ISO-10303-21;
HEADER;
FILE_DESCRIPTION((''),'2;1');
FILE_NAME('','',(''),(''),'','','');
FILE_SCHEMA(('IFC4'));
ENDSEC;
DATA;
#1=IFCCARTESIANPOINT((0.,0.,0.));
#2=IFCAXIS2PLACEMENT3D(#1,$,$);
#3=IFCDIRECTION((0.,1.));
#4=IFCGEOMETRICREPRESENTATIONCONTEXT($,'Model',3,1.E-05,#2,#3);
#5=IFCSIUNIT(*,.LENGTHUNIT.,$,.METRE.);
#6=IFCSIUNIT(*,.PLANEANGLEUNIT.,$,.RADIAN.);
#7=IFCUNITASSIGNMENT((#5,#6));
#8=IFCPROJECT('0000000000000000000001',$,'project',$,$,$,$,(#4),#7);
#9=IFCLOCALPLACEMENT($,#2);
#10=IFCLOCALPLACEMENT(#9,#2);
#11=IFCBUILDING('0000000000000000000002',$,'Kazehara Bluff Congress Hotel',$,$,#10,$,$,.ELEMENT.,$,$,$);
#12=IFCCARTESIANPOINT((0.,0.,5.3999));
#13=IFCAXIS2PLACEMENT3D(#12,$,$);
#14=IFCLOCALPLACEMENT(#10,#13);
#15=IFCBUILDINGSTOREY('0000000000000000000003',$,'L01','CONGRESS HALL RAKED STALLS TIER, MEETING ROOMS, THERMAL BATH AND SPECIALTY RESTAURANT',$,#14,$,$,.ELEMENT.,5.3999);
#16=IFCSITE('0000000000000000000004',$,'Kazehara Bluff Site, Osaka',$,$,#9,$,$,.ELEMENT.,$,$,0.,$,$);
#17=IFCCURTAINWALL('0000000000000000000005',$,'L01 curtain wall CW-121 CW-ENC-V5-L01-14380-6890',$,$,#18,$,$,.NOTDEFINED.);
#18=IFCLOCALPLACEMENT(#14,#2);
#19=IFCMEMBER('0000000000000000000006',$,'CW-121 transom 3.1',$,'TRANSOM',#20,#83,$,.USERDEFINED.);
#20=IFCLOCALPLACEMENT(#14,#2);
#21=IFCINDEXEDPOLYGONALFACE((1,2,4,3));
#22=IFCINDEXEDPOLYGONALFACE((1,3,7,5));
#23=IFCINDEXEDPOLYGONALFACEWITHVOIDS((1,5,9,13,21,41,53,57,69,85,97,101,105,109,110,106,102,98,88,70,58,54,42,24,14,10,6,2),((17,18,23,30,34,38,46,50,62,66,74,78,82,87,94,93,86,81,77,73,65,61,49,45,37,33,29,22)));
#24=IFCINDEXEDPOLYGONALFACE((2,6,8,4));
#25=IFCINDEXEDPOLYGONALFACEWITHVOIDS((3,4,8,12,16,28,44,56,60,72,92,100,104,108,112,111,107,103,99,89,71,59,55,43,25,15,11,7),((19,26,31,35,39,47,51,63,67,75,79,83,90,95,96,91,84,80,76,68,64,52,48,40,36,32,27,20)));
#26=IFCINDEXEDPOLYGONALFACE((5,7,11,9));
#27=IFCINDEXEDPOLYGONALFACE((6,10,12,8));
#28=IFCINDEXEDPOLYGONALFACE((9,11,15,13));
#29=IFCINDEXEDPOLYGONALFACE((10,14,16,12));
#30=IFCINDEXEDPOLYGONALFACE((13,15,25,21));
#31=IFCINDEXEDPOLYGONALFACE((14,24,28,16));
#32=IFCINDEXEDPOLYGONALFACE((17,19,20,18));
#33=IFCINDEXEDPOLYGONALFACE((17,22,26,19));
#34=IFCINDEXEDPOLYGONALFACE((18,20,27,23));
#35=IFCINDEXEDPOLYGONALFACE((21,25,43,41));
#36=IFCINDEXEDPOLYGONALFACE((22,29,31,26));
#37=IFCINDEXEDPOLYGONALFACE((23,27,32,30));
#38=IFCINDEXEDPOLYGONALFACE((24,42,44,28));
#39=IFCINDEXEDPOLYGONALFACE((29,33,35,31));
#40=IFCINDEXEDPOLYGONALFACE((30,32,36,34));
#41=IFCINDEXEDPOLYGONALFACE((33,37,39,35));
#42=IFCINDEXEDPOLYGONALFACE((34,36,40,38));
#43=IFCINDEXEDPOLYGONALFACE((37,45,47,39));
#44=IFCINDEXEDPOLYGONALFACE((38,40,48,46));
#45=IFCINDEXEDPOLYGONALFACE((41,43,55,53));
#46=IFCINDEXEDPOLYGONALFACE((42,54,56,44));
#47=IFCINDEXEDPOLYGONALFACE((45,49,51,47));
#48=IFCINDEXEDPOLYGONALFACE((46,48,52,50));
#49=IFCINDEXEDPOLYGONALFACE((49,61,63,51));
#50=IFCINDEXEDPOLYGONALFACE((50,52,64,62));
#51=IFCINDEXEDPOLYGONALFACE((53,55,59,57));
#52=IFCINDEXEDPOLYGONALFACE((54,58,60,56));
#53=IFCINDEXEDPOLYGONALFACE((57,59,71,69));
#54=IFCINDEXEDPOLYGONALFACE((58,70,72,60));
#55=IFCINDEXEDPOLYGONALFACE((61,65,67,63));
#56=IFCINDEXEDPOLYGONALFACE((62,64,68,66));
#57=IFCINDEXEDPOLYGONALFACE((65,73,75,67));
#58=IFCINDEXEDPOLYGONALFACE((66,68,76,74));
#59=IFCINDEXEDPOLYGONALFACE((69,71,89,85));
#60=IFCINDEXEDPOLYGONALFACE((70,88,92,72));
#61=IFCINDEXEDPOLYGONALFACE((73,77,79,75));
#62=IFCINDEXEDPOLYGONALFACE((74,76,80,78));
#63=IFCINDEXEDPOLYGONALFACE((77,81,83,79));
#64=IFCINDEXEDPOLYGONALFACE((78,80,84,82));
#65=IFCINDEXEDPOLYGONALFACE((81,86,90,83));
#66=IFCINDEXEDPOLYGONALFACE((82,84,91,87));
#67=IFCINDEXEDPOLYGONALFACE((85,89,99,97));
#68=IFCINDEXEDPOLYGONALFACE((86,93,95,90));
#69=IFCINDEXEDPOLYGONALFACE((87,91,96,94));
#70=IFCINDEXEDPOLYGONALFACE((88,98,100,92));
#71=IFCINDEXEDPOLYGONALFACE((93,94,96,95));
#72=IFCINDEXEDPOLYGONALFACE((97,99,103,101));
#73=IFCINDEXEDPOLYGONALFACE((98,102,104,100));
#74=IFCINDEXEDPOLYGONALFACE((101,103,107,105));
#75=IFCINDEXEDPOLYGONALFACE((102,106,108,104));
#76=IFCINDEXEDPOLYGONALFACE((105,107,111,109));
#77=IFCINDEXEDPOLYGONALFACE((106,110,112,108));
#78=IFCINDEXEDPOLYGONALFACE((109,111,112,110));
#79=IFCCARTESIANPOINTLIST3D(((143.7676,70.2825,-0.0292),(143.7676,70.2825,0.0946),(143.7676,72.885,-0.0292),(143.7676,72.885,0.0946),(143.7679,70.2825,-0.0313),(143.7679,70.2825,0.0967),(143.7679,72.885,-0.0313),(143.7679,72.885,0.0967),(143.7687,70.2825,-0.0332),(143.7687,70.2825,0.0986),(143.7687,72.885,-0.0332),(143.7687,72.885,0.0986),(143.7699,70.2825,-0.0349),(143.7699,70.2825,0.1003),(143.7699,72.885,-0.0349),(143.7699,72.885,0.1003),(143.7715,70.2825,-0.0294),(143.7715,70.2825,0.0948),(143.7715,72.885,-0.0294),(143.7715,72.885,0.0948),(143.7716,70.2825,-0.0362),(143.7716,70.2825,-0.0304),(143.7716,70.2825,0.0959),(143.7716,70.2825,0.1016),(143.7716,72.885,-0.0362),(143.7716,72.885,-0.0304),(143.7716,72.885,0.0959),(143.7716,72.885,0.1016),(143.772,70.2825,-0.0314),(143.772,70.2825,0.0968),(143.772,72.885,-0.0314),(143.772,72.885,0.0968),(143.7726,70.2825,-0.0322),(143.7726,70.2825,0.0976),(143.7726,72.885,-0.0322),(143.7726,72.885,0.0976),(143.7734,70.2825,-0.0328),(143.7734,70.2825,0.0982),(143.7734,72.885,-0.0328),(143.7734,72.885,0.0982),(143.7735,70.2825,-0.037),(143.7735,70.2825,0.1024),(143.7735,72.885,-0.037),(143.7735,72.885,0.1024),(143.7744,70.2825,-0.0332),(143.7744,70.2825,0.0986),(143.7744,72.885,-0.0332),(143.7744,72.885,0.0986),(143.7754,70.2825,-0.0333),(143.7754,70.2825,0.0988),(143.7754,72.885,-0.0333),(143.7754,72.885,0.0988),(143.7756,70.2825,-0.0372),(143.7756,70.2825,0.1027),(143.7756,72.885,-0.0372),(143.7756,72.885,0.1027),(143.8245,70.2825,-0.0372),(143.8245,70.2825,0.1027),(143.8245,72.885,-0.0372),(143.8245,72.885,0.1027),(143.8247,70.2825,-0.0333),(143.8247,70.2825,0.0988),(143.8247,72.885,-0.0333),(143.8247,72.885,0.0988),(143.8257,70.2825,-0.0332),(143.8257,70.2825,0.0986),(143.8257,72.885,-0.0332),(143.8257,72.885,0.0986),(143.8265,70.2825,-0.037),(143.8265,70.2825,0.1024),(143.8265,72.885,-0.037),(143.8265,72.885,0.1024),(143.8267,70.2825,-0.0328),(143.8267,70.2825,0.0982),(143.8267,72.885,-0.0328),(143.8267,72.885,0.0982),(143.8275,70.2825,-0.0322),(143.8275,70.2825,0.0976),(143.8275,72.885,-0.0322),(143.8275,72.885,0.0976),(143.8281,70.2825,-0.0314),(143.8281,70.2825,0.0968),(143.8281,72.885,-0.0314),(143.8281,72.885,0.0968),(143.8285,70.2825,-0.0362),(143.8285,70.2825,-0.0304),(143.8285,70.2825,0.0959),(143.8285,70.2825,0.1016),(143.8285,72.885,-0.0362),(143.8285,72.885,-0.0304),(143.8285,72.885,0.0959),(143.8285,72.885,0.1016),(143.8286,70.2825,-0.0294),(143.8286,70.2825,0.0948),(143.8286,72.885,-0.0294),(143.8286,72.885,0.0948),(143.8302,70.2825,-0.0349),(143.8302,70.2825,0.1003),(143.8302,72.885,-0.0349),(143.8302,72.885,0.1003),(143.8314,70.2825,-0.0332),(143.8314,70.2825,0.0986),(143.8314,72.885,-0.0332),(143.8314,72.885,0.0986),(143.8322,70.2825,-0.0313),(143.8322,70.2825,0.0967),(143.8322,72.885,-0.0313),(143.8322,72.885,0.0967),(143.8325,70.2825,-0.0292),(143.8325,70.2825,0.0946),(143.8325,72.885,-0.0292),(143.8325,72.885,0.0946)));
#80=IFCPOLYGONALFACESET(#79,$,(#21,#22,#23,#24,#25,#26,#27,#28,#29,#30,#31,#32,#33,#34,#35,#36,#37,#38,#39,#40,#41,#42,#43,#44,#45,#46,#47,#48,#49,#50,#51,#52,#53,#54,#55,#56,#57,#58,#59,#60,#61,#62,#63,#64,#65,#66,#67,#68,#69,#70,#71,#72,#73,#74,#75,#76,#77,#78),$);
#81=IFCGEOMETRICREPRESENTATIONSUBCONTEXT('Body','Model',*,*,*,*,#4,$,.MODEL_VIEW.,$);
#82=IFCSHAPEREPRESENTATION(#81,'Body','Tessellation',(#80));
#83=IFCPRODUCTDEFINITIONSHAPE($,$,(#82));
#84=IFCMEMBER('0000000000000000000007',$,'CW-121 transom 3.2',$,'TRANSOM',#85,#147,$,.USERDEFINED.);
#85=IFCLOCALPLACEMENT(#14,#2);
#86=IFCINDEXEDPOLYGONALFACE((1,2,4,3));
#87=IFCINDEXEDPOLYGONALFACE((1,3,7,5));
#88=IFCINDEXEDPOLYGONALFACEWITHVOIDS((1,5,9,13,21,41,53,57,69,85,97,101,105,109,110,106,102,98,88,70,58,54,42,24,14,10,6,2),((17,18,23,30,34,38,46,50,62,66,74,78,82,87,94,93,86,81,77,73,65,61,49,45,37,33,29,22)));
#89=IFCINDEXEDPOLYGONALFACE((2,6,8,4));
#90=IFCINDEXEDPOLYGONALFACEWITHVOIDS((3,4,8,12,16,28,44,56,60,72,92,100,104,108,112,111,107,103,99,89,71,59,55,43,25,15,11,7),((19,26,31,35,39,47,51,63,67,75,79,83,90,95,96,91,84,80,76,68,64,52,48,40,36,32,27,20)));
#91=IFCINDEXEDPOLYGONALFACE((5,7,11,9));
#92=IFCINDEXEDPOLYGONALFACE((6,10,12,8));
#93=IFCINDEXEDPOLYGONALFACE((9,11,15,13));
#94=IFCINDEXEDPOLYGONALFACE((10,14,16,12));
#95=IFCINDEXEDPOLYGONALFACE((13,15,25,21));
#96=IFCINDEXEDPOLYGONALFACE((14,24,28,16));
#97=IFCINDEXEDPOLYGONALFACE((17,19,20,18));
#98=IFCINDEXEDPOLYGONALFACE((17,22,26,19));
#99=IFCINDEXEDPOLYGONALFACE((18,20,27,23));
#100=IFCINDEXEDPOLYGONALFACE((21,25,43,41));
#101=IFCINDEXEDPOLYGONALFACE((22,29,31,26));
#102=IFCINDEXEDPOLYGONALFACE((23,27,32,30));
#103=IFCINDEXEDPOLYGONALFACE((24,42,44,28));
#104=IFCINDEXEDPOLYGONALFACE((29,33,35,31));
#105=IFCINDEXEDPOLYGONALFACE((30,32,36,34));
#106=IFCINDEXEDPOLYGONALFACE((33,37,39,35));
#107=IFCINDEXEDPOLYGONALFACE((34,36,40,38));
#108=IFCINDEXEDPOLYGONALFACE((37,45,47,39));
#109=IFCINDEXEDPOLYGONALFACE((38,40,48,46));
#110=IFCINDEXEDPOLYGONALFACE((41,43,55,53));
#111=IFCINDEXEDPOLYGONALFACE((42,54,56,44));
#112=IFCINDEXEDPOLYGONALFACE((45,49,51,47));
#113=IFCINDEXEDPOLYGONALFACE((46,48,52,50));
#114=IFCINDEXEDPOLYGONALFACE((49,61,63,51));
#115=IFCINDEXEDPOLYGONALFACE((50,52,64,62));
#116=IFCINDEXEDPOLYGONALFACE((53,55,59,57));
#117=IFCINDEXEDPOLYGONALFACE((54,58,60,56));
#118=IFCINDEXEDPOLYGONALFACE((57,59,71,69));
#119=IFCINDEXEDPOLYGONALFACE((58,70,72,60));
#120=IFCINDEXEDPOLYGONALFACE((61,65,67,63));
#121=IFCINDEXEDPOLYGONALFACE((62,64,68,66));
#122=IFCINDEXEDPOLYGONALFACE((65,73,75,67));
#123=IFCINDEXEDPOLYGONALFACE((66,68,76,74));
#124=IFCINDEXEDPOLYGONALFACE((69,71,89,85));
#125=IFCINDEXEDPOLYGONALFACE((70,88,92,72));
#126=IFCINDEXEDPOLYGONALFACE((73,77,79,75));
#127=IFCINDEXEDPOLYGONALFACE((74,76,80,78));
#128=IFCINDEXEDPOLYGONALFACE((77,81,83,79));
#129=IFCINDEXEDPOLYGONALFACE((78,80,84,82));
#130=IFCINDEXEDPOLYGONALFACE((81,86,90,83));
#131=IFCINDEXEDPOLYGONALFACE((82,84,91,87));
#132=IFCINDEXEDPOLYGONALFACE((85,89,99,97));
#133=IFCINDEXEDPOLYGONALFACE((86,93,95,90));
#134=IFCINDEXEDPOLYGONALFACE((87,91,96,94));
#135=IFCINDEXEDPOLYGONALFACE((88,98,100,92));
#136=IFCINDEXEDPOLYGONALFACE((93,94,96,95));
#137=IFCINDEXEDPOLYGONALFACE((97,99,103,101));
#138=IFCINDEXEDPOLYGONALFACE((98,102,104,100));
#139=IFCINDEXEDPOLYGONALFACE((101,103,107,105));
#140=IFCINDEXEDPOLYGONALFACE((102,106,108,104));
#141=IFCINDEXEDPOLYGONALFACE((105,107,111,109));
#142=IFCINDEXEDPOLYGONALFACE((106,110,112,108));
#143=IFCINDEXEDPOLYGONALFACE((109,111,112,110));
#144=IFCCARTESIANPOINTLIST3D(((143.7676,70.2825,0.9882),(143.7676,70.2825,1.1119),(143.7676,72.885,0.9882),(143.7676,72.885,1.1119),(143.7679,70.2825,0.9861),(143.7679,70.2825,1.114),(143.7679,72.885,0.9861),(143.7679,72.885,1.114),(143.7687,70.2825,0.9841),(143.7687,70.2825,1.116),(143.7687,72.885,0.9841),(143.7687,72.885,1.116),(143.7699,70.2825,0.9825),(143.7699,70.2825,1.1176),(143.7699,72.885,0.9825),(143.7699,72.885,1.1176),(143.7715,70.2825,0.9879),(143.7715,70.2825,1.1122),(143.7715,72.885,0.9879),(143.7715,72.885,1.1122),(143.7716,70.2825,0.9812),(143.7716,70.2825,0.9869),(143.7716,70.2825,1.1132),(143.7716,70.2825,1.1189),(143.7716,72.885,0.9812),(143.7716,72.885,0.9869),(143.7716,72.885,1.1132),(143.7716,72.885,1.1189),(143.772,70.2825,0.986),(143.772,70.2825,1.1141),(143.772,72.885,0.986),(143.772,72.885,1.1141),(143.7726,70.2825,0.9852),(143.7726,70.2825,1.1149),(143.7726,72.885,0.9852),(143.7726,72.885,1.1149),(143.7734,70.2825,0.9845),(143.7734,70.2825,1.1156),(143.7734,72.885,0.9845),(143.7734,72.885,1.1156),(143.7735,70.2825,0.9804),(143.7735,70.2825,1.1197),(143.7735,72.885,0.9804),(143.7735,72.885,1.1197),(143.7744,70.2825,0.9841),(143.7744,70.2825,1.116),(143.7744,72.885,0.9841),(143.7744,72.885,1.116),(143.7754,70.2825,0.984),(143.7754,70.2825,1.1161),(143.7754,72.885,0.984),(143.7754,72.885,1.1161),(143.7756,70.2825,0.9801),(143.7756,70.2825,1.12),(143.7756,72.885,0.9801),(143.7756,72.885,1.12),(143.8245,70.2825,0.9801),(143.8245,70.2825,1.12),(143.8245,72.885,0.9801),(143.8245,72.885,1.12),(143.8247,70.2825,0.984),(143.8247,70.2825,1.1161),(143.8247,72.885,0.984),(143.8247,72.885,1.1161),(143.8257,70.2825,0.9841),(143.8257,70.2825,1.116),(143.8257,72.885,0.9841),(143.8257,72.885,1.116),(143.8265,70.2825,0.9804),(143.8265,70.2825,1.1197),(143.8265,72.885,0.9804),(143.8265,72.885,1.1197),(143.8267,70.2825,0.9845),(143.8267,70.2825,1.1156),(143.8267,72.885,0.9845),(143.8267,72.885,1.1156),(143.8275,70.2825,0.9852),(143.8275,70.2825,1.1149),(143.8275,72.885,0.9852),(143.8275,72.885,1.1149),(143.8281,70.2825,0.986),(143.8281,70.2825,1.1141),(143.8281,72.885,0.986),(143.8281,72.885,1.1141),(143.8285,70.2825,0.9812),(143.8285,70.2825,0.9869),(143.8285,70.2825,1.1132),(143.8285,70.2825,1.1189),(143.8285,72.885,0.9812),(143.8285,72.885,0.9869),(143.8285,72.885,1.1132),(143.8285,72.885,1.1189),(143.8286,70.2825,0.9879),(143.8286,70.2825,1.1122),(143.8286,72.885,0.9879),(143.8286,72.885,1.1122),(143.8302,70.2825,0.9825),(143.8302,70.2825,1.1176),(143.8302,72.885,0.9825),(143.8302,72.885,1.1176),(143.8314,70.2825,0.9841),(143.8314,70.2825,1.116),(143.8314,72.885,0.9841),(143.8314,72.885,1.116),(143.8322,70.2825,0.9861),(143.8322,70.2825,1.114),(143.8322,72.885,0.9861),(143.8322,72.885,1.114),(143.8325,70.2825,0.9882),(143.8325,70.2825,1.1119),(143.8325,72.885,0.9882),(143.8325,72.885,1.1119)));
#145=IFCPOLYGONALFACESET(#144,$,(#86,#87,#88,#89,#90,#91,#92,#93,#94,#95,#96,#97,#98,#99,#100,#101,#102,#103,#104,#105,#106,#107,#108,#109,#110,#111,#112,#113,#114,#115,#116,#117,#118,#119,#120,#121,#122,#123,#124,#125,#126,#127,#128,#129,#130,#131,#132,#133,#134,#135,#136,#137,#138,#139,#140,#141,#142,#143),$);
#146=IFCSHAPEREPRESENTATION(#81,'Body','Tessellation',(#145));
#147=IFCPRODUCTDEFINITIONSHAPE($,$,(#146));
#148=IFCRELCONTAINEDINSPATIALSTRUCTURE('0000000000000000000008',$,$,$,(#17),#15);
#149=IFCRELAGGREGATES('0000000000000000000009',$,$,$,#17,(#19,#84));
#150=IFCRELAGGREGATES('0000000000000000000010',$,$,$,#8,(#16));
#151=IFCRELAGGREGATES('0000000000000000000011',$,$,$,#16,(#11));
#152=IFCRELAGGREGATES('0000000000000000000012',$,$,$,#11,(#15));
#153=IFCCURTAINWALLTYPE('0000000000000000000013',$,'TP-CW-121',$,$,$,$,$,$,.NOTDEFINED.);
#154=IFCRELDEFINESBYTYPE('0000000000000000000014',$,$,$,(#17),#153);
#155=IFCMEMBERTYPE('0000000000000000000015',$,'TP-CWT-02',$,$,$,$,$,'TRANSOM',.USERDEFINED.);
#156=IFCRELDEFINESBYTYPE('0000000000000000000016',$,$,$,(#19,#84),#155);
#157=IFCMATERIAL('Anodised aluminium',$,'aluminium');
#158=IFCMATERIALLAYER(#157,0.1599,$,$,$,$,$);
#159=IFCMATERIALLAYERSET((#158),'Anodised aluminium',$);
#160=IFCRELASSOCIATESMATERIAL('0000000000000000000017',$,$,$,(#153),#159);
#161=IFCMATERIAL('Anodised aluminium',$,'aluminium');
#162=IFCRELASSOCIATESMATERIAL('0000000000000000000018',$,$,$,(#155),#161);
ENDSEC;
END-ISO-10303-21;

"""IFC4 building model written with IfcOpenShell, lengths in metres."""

from ifc_helpers import new_model, si_unit, direction, frame, origin, origin_2d, place, context, subcontext, project, spatial, hollow_rectangle, extrude, material, layer, layer_set, material_profile, profile_set, type_object, element, aggregate, save


model = new_model("IFC4")

# Units and contexts
model_context = context("Model", 3, precision=1e-05, world=origin(), true_north=direction((0.0, 1.0)))
body_context = subcontext(model_context, "Body", "Model", "MODEL_VIEW")
ifc_project = project(units=[si_unit("LENGTHUNIT", "METRE"), si_unit("PLANEANGLEUNIT", "RADIAN")], contexts=[model_context])

# Site, building, storey
site_placement = place(None, origin())
site = spatial("IfcSite", under=ifc_project, at=site_placement, Name="Kazehara Bluff Site, Osaka", CompositionType="ELEMENT", RefElevation=0.0)
building_placement = place(site_placement, origin())
building = spatial("IfcBuilding", under=site, at=building_placement, Name="Kazehara Bluff Congress Hotel", CompositionType="ELEMENT")
storey_placement = place(building_placement, frame((0.0, 0.0, 5.3999)))
storey = spatial("IfcBuildingStorey", under=building, at=storey_placement, Name="L01", Description="CONGRESS HALL RAKED STALLS TIER, MEETING ROOMS, THERMAL BATH AND SPECIALTY RESTAURANT", CompositionType="ELEMENT", Elevation=5.3999)

# Curtain wall
ifc_material_1 = material(Name="Anodised aluminium", Category="aluminium")
ifc_layer_1 = layer(ifc_material_1, 0.1599)
ifc_layer_set_1 = layer_set([ifc_layer_1], Name="Anodised aluminium")
curtain_wall_type_1 = type_object("IfcCurtainWallType", Name="TP-CW-121", PredefinedType="NOTDEFINED", material=ifc_layer_set_1)
curtain_wall_1_placement = place(storey_placement, origin())
curtain_wall_1 = element("IfcCurtainWall", 1, at=curtain_wall_1_placement, inside=storey, type_object=curtain_wall_type_1, Name="L01 curtain wall CW-121 CW-ENC-V5-L01-14380-6890", PredefinedType="NOTDEFINED")

# Members
ifc_material_2 = material(Name="Anodised aluminium", Category="aluminium")
ifc_material_profile_1 = material_profile(ifc_material_2, hollow_rectangle(XDim=0.0649, YDim=0.1399, WallThickness=0.0039, InnerFilletRadius=0.0039, OuterFilletRadius=0.0081, at=origin_2d()))
ifc_profile_set_1 = profile_set([ifc_material_profile_1], Name="Anodised aluminium")
member_type_1 = type_object("IfcMemberType", Name="TP-CWT-02", ElementType="TRANSOM", PredefinedType="USERDEFINED", material=ifc_profile_set_1)
member_1_placement = place(storey_placement, frame((143.8, 70.2825, 0.0327), z_axis=(0.0, 1.0, 0.0), x_axis=(-1.0, 0.0, 0.0)))
member_1 = element("IfcMember", 2, at=member_1_placement, type_object=member_type_1, Name="CW-121 transom 3.1", ObjectType="TRANSOM", PredefinedType="USERDEFINED", context=body_context, shape_type="SweptSolid", body=[
    extrude(hollow_rectangle(XDim=0.0649, YDim=0.1399, WallThickness=0.0039, InnerFilletRadius=0.0039, OuterFilletRadius=0.0081, at=origin_2d()), origin(), (0.0, 0.0, 1.0), 2.6025),
])
member_2_placement = place(storey_placement, frame((143.8, 70.2825, 1.05), z_axis=(0.0, 1.0, 0.0), x_axis=(-1.0, 0.0, 0.0)))
member_2 = element("IfcMember", 3, at=member_2_placement, type_object=member_type_1, Name="CW-121 transom 3.2", ObjectType="TRANSOM", PredefinedType="USERDEFINED", context=body_context, shape_type="SweptSolid", body=[
    extrude(hollow_rectangle(XDim=0.0649, YDim=0.1399, WallThickness=0.0039, InnerFilletRadius=0.0039, OuterFilletRadius=0.0081, at=origin_2d()), origin(), (0.0, 0.0, 1.0), 2.6025),
])

aggregate(curtain_wall_1, [member_1, member_2])

save(model, "model.ifc")
